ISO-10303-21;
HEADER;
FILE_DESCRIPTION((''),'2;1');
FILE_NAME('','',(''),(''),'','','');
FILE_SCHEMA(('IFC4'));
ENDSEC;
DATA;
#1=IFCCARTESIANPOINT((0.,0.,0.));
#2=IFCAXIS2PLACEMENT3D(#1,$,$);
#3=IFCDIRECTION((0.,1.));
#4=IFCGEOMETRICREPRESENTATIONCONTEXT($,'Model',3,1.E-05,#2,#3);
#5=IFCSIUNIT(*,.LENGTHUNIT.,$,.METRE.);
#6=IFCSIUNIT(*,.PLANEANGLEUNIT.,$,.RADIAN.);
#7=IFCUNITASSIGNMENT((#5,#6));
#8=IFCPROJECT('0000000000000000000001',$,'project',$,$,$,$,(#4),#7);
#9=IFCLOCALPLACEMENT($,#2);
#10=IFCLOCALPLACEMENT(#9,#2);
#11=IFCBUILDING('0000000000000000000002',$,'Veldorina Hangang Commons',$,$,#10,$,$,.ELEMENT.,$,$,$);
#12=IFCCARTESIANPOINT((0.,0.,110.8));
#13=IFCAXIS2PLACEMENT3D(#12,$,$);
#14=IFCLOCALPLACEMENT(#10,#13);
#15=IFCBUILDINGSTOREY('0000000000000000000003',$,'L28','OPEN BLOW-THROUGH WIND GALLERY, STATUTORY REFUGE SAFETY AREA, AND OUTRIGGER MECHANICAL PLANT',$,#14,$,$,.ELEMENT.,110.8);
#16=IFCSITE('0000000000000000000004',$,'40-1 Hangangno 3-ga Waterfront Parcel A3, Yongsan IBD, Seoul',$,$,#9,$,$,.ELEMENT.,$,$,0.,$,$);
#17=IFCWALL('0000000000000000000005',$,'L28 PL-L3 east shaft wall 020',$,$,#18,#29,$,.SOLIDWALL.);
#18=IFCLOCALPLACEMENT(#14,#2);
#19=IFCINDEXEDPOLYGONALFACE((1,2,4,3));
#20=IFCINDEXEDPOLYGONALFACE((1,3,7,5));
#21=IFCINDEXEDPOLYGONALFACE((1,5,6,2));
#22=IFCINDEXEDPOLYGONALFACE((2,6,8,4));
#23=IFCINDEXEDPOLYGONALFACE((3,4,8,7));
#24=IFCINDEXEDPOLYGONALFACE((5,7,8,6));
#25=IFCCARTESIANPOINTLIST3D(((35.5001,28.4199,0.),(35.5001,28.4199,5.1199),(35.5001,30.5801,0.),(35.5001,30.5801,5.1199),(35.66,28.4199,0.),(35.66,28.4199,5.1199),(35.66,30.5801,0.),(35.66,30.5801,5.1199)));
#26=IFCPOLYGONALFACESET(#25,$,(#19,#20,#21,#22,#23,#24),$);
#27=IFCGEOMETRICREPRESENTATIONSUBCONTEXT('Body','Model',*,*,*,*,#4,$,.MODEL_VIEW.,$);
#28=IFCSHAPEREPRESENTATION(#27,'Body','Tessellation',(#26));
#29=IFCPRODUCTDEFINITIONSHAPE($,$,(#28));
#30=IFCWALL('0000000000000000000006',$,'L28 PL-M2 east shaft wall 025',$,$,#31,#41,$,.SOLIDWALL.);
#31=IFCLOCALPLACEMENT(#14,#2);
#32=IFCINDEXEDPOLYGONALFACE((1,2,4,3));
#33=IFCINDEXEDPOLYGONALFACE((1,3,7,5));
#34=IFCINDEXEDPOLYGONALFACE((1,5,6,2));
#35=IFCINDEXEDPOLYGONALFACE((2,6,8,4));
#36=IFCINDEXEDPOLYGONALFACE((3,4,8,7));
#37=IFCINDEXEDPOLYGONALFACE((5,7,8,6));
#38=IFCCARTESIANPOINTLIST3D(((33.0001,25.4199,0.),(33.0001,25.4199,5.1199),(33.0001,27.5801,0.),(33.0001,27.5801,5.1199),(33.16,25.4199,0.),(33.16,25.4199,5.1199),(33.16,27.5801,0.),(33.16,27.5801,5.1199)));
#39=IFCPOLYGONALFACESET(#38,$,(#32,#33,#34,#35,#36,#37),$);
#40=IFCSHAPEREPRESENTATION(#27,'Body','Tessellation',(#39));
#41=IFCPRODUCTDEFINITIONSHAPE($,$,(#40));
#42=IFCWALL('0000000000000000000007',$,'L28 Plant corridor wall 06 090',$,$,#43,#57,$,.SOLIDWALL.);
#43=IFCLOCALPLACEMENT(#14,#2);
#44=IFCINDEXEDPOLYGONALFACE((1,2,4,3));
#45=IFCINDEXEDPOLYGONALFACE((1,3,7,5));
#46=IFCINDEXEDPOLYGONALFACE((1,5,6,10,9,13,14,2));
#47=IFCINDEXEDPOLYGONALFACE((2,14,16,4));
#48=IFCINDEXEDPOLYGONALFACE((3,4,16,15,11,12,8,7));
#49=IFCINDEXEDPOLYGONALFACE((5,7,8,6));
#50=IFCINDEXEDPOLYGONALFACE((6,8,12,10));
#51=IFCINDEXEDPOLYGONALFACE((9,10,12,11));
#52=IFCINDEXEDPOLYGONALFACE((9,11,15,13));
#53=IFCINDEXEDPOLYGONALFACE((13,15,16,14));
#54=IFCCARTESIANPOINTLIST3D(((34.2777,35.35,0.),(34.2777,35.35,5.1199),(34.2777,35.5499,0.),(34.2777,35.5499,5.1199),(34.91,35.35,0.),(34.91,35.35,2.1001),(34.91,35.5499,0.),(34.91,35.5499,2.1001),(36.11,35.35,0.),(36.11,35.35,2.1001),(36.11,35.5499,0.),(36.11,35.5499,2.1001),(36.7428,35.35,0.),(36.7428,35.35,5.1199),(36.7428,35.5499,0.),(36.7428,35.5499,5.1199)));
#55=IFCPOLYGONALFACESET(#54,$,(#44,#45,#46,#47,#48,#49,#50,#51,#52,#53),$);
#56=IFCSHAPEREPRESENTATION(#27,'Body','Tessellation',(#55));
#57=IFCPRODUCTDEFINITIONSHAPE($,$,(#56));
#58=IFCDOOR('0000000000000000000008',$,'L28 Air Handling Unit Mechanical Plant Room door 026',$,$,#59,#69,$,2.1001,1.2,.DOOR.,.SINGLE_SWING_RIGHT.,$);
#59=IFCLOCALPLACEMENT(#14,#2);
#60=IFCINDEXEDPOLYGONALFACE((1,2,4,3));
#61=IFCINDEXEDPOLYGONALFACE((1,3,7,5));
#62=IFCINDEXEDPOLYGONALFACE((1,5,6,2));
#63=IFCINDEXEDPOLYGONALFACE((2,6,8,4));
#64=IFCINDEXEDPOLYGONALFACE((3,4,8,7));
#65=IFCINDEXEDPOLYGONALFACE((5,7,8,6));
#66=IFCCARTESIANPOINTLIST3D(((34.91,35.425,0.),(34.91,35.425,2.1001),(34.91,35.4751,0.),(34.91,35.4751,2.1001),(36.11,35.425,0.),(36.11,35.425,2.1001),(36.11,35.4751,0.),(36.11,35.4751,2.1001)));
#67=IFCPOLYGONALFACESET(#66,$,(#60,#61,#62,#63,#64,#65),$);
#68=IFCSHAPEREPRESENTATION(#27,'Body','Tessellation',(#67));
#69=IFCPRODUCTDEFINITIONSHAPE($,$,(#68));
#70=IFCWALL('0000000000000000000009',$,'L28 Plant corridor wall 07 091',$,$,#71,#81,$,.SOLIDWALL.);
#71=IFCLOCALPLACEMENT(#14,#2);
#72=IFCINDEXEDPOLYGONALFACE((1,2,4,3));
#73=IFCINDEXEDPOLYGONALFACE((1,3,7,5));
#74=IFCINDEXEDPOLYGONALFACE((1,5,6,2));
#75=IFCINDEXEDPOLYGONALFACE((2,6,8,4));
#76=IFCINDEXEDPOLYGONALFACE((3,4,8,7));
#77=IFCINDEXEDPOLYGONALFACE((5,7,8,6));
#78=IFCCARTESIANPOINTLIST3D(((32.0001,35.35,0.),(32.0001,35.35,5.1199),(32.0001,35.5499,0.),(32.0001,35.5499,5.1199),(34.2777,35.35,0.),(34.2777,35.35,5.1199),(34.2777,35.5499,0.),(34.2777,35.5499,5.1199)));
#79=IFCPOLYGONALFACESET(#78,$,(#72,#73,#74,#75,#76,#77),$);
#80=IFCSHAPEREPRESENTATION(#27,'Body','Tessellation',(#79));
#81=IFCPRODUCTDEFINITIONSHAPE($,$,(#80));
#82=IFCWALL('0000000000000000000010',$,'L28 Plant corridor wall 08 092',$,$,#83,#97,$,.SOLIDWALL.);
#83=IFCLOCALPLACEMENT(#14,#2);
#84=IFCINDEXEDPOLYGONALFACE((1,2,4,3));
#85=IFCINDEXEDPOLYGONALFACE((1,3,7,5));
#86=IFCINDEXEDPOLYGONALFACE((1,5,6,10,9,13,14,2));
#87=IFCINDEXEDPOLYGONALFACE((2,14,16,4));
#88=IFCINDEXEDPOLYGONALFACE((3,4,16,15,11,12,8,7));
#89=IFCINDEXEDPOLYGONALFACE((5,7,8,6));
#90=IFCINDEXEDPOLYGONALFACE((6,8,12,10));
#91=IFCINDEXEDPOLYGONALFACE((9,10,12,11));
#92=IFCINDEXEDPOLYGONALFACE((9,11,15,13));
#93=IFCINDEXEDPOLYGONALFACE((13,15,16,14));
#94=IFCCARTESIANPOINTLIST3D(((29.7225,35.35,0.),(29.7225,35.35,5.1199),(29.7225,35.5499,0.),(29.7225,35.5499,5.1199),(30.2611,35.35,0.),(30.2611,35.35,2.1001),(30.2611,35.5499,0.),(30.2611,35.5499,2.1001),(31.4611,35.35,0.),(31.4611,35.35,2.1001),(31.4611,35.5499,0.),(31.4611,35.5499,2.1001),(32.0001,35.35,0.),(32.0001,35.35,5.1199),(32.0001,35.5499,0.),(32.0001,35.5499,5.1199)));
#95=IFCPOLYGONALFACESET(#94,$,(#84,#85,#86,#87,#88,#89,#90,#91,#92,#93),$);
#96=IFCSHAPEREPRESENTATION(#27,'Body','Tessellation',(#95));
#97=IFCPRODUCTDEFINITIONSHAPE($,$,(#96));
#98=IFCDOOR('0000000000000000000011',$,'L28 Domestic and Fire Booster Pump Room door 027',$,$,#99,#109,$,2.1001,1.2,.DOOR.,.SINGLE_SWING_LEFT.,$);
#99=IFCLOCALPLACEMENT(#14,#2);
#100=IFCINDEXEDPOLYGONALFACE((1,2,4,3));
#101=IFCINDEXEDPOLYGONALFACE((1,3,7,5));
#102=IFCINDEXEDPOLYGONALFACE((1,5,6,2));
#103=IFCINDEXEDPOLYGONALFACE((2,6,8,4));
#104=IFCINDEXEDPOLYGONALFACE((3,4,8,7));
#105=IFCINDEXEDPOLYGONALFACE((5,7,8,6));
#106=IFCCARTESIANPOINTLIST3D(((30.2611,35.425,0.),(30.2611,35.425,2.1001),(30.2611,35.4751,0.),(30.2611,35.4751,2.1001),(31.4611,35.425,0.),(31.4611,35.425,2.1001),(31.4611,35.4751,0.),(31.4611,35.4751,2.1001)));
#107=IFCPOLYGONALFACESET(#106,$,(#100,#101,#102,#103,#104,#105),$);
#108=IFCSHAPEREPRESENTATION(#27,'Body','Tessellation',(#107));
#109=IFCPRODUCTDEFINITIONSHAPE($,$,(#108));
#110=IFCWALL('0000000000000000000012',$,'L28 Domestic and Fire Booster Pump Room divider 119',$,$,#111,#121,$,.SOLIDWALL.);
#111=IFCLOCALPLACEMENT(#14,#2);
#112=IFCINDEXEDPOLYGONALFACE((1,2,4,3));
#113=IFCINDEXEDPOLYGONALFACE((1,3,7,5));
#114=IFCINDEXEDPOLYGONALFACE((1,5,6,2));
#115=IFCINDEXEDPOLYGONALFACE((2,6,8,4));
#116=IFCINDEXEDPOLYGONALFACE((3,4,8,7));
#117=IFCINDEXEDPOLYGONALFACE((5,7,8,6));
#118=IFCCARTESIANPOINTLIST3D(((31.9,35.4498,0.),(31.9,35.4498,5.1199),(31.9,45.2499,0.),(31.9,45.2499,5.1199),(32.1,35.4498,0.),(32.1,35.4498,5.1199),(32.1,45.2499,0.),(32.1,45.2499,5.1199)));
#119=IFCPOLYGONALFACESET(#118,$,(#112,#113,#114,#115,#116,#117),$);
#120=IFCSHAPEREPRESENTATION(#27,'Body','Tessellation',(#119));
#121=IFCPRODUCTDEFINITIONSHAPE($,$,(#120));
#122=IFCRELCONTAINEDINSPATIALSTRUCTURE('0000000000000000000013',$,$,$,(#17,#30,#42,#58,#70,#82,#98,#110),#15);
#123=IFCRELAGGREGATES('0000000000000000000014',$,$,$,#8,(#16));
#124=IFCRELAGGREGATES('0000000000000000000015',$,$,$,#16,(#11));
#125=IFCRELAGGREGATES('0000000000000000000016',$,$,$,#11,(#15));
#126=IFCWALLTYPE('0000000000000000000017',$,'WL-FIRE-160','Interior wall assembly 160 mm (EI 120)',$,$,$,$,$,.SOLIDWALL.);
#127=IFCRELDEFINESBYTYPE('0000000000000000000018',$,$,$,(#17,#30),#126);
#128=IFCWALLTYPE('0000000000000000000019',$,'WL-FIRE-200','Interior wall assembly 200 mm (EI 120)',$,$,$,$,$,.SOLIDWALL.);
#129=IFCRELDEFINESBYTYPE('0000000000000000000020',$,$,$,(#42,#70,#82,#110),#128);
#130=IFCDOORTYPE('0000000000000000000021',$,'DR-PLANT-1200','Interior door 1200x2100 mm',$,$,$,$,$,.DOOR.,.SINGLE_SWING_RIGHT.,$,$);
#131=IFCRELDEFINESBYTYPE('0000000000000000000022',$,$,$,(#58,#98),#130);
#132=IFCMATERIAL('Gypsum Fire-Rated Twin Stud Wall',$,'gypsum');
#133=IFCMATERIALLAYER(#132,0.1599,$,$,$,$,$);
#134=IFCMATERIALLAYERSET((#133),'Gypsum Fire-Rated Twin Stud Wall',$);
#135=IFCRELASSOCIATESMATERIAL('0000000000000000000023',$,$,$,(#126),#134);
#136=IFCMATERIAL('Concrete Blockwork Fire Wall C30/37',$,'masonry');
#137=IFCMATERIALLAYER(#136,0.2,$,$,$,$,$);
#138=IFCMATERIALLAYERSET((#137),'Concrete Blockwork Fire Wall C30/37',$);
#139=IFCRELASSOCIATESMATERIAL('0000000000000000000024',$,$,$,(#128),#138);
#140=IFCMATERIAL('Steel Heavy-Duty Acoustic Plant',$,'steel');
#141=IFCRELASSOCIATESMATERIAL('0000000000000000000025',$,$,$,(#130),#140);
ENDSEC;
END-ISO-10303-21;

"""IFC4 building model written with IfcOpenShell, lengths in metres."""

from ifc_helpers import new_model, si_unit, direction, frame, frame_2d, origin, place, context, subcontext, project, spatial, rectangle, extrude, material, layer, layer_set, type_object, element, fill, save


model = new_model("IFC4")

# Units and contexts
model_context = context("Model", 3, precision=1e-05, world=origin(), true_north=direction((0.0, 1.0)))
body_context = subcontext(model_context, "Body", "Model", "MODEL_VIEW")
ifc_project = project(units=[si_unit("LENGTHUNIT", "METRE"), si_unit("PLANEANGLEUNIT", "RADIAN")], contexts=[model_context])

# Site, building, storey
site_placement = place(None, origin())
site = spatial("IfcSite", under=ifc_project, at=site_placement, Name="40-1 Hangangno 3-ga Waterfront Parcel A3, Yongsan IBD, Seoul", CompositionType="ELEMENT", RefElevation=0.0)
building_placement = place(site_placement, origin())
building = spatial("IfcBuilding", under=site, at=building_placement, Name="Veldorina Hangang Commons", CompositionType="ELEMENT")
storey_placement = place(building_placement, frame((0.0, 0.0, 110.8)))
storey = spatial("IfcBuildingStorey", under=building, at=storey_placement, Name="L28", Description="OPEN BLOW-THROUGH WIND GALLERY, STATUTORY REFUGE SAFETY AREA, AND OUTRIGGER MECHANICAL PLANT", CompositionType="ELEMENT", Elevation=110.8)

# Walls
ifc_material_1 = material(Name="Gypsum Fire-Rated Twin Stud Wall", Category="gypsum")
ifc_layer_1 = layer(ifc_material_1, 0.1599)
ifc_layer_set_1 = layer_set([ifc_layer_1], Name="Gypsum Fire-Rated Twin Stud Wall")
wall_type_1 = type_object("IfcWallType", Name="WL-FIRE-160", Description="Interior wall assembly 160 mm (EI 120)", PredefinedType="SOLIDWALL", material=ifc_layer_set_1)
for number, where, z_axis, x_axis, name in (
    (1, (35.5801, 28.4199, 0.0), (0.0, 0.0, 1.0), (0.0, 1.0, 0.0), "L28 PL-L3 east shaft wall 020"),
    (2, (33.0801, 25.4199, 0.0), (0.0, 0.0, 1.0), (0.0, 1.0, 0.0), "L28 PL-M2 east shaft wall 025"),
):
    element("IfcWall", number, at=place(storey_placement, frame(where, z_axis=z_axis, x_axis=x_axis)), inside=storey, type_object=wall_type_1, Name=name, PredefinedType="SOLIDWALL", context=body_context, shape_type="SweptSolid", body=[
        extrude(rectangle(XDim=2.1602, YDim=0.1599, at=frame_2d((1.0801, 0.0))), origin(), (0.0, 0.0, 1.0), 5.1199),
    ])

# Wall, opening, door
ifc_material_2 = material(Name="Concrete Blockwork Fire Wall C30/37", Category="masonry")
ifc_layer_2 = layer(ifc_material_2, 0.2)
ifc_layer_set_2 = layer_set([ifc_layer_2], Name="Concrete Blockwork Fire Wall C30/37")
wall_type_2 = type_object("IfcWallType", Name="WL-FIRE-200", Description="Interior wall assembly 200 mm (EI 120)", PredefinedType="SOLIDWALL", material=ifc_layer_set_2)
wall_1_placement = place(storey_placement, frame((36.7427, 35.45, 0.0), z_axis=(0.0, 0.0, 1.0), x_axis=(-1.0, 0.0, 0.0)))
wall_1 = element("IfcWall", 3, at=wall_1_placement, inside=storey, type_object=wall_type_2, Name="L28 Plant corridor wall 06 090", PredefinedType="SOLIDWALL", context=body_context, shape_type="SweptSolid", body=[
    extrude(rectangle(XDim=2.4651, YDim=0.2, at=frame_2d((1.2324, 0.0))), origin(), (0.0, 0.0, 1.0), 5.1199),
])
opening_1_placement = place(wall_1_placement, frame((0.6326, 0.0, 0.0)))
opening_1 = element("IfcOpeningElement", 4, at=opening_1_placement, cuts=wall_1, PredefinedType="OPENING", context=body_context, shape_type="SweptSolid", body=[
    extrude(rectangle(XDim=1.2, YDim=2.1001, at=frame_2d((0.6001, 1.05))), frame((0.0, 0.1099, 0.0), z_axis=(0.0, -1.0, 0.0), x_axis=(1.0, 0.0, 0.0)), (0.0, 0.0, 1.0), 0.22),
])
ifc_material_3 = material(Name="Steel Heavy-Duty Acoustic Plant", Category="steel")
door_type_1 = type_object("IfcDoorType", Name="DR-PLANT-1200", Description="Interior door 1200x2100 mm", OperationType="SINGLE_SWING_RIGHT", PredefinedType="DOOR", material=ifc_material_3)
door_1_placement = place(opening_1_placement, origin())
door_1 = element("IfcDoor", 5, at=door_1_placement, inside=storey, type_object=door_type_1, Name="L28 Air Handling Unit Mechanical Plant Room door 026", OperationType="SINGLE_SWING_RIGHT", OverallHeight=2.1001, OverallWidth=1.2, PredefinedType="DOOR", context=body_context, shape_type="SweptSolid", body=[
    extrude(rectangle(XDim=1.2, YDim=2.1001, at=frame_2d((0.6001, 1.05))), frame((0.0, 0.0249, 0.0), z_axis=(0.0, -1.0, 0.0), x_axis=(1.0, 0.0, 0.0)), (0.0, 0.0, 1.0), 0.05),
])
fill(opening_1, door_1)

# Wall
wall_2_placement = place(storey_placement, frame((34.2776, 35.45, 0.0), z_axis=(0.0, 0.0, 1.0), x_axis=(-1.0, 0.0, 0.0)))
element("IfcWall", 6, at=wall_2_placement, inside=storey, type_object=wall_type_2, Name="L28 Plant corridor wall 07 091", PredefinedType="SOLIDWALL", context=body_context, shape_type="SweptSolid", body=[
    extrude(rectangle(XDim=2.2776, YDim=0.2, at=frame_2d((1.1387, 0.0))), origin(), (0.0, 0.0, 1.0), 5.1199),
])

# Wall, opening, door
wall_3_placement = place(storey_placement, frame((32.0, 35.45, 0.0), z_axis=(0.0, 0.0, 1.0), x_axis=(-1.0, 0.0, 0.0)))
wall_3 = element("IfcWall", 7, at=wall_3_placement, inside=storey, type_object=wall_type_2, Name="L28 Plant corridor wall 08 092", PredefinedType="SOLIDWALL", context=body_context, shape_type="SweptSolid", body=[
    extrude(rectangle(XDim=2.2776, YDim=0.2, at=frame_2d((1.1387, 0.0))), origin(), (0.0, 0.0, 1.0), 5.1199),
])
opening_2_placement = place(wall_3_placement, frame((0.5388, 0.0, 0.0)))
opening_2 = element("IfcOpeningElement", 8, at=opening_2_placement, cuts=wall_3, PredefinedType="OPENING", context=body_context, shape_type="SweptSolid", body=[
    extrude(rectangle(XDim=1.2, YDim=2.1001, at=frame_2d((0.6001, 1.05))), frame((0.0, 0.1099, 0.0), z_axis=(0.0, -1.0, 0.0), x_axis=(1.0, 0.0, 0.0)), (0.0, 0.0, 1.0), 0.22),
])
door_2_placement = place(opening_2_placement, origin())
door_2 = element("IfcDoor", 9, at=door_2_placement, inside=storey, type_object=door_type_1, Name="L28 Domestic and Fire Booster Pump Room door 027", OperationType="SINGLE_SWING_LEFT", OverallHeight=2.1001, OverallWidth=1.2, PredefinedType="DOOR", context=body_context, shape_type="SweptSolid", body=[
    extrude(rectangle(XDim=1.2, YDim=2.1001, at=frame_2d((0.6001, 1.05))), frame((0.0, 0.0249, 0.0), z_axis=(0.0, -1.0, 0.0), x_axis=(1.0, 0.0, 0.0)), (0.0, 0.0, 1.0), 0.05),
])
fill(opening_2, door_2)

# Wall
wall_4_placement = place(storey_placement, frame((32.0, 35.45, 0.0), z_axis=(0.0, 0.0, 1.0), x_axis=(0.0, 1.0, 0.0)))
element("IfcWall", 10, at=wall_4_placement, inside=storey, type_object=wall_type_2, Name="L28 Domestic and Fire Booster Pump Room divider 119", PredefinedType="SOLIDWALL", context=body_context, shape_type="SweptSolid", body=[
    extrude(rectangle(XDim=9.8, YDim=0.2, at=frame_2d((4.8999, 0.0))), origin(), (0.0, 0.0, 1.0), 5.1199),
])

save(model, "model.ifc")
